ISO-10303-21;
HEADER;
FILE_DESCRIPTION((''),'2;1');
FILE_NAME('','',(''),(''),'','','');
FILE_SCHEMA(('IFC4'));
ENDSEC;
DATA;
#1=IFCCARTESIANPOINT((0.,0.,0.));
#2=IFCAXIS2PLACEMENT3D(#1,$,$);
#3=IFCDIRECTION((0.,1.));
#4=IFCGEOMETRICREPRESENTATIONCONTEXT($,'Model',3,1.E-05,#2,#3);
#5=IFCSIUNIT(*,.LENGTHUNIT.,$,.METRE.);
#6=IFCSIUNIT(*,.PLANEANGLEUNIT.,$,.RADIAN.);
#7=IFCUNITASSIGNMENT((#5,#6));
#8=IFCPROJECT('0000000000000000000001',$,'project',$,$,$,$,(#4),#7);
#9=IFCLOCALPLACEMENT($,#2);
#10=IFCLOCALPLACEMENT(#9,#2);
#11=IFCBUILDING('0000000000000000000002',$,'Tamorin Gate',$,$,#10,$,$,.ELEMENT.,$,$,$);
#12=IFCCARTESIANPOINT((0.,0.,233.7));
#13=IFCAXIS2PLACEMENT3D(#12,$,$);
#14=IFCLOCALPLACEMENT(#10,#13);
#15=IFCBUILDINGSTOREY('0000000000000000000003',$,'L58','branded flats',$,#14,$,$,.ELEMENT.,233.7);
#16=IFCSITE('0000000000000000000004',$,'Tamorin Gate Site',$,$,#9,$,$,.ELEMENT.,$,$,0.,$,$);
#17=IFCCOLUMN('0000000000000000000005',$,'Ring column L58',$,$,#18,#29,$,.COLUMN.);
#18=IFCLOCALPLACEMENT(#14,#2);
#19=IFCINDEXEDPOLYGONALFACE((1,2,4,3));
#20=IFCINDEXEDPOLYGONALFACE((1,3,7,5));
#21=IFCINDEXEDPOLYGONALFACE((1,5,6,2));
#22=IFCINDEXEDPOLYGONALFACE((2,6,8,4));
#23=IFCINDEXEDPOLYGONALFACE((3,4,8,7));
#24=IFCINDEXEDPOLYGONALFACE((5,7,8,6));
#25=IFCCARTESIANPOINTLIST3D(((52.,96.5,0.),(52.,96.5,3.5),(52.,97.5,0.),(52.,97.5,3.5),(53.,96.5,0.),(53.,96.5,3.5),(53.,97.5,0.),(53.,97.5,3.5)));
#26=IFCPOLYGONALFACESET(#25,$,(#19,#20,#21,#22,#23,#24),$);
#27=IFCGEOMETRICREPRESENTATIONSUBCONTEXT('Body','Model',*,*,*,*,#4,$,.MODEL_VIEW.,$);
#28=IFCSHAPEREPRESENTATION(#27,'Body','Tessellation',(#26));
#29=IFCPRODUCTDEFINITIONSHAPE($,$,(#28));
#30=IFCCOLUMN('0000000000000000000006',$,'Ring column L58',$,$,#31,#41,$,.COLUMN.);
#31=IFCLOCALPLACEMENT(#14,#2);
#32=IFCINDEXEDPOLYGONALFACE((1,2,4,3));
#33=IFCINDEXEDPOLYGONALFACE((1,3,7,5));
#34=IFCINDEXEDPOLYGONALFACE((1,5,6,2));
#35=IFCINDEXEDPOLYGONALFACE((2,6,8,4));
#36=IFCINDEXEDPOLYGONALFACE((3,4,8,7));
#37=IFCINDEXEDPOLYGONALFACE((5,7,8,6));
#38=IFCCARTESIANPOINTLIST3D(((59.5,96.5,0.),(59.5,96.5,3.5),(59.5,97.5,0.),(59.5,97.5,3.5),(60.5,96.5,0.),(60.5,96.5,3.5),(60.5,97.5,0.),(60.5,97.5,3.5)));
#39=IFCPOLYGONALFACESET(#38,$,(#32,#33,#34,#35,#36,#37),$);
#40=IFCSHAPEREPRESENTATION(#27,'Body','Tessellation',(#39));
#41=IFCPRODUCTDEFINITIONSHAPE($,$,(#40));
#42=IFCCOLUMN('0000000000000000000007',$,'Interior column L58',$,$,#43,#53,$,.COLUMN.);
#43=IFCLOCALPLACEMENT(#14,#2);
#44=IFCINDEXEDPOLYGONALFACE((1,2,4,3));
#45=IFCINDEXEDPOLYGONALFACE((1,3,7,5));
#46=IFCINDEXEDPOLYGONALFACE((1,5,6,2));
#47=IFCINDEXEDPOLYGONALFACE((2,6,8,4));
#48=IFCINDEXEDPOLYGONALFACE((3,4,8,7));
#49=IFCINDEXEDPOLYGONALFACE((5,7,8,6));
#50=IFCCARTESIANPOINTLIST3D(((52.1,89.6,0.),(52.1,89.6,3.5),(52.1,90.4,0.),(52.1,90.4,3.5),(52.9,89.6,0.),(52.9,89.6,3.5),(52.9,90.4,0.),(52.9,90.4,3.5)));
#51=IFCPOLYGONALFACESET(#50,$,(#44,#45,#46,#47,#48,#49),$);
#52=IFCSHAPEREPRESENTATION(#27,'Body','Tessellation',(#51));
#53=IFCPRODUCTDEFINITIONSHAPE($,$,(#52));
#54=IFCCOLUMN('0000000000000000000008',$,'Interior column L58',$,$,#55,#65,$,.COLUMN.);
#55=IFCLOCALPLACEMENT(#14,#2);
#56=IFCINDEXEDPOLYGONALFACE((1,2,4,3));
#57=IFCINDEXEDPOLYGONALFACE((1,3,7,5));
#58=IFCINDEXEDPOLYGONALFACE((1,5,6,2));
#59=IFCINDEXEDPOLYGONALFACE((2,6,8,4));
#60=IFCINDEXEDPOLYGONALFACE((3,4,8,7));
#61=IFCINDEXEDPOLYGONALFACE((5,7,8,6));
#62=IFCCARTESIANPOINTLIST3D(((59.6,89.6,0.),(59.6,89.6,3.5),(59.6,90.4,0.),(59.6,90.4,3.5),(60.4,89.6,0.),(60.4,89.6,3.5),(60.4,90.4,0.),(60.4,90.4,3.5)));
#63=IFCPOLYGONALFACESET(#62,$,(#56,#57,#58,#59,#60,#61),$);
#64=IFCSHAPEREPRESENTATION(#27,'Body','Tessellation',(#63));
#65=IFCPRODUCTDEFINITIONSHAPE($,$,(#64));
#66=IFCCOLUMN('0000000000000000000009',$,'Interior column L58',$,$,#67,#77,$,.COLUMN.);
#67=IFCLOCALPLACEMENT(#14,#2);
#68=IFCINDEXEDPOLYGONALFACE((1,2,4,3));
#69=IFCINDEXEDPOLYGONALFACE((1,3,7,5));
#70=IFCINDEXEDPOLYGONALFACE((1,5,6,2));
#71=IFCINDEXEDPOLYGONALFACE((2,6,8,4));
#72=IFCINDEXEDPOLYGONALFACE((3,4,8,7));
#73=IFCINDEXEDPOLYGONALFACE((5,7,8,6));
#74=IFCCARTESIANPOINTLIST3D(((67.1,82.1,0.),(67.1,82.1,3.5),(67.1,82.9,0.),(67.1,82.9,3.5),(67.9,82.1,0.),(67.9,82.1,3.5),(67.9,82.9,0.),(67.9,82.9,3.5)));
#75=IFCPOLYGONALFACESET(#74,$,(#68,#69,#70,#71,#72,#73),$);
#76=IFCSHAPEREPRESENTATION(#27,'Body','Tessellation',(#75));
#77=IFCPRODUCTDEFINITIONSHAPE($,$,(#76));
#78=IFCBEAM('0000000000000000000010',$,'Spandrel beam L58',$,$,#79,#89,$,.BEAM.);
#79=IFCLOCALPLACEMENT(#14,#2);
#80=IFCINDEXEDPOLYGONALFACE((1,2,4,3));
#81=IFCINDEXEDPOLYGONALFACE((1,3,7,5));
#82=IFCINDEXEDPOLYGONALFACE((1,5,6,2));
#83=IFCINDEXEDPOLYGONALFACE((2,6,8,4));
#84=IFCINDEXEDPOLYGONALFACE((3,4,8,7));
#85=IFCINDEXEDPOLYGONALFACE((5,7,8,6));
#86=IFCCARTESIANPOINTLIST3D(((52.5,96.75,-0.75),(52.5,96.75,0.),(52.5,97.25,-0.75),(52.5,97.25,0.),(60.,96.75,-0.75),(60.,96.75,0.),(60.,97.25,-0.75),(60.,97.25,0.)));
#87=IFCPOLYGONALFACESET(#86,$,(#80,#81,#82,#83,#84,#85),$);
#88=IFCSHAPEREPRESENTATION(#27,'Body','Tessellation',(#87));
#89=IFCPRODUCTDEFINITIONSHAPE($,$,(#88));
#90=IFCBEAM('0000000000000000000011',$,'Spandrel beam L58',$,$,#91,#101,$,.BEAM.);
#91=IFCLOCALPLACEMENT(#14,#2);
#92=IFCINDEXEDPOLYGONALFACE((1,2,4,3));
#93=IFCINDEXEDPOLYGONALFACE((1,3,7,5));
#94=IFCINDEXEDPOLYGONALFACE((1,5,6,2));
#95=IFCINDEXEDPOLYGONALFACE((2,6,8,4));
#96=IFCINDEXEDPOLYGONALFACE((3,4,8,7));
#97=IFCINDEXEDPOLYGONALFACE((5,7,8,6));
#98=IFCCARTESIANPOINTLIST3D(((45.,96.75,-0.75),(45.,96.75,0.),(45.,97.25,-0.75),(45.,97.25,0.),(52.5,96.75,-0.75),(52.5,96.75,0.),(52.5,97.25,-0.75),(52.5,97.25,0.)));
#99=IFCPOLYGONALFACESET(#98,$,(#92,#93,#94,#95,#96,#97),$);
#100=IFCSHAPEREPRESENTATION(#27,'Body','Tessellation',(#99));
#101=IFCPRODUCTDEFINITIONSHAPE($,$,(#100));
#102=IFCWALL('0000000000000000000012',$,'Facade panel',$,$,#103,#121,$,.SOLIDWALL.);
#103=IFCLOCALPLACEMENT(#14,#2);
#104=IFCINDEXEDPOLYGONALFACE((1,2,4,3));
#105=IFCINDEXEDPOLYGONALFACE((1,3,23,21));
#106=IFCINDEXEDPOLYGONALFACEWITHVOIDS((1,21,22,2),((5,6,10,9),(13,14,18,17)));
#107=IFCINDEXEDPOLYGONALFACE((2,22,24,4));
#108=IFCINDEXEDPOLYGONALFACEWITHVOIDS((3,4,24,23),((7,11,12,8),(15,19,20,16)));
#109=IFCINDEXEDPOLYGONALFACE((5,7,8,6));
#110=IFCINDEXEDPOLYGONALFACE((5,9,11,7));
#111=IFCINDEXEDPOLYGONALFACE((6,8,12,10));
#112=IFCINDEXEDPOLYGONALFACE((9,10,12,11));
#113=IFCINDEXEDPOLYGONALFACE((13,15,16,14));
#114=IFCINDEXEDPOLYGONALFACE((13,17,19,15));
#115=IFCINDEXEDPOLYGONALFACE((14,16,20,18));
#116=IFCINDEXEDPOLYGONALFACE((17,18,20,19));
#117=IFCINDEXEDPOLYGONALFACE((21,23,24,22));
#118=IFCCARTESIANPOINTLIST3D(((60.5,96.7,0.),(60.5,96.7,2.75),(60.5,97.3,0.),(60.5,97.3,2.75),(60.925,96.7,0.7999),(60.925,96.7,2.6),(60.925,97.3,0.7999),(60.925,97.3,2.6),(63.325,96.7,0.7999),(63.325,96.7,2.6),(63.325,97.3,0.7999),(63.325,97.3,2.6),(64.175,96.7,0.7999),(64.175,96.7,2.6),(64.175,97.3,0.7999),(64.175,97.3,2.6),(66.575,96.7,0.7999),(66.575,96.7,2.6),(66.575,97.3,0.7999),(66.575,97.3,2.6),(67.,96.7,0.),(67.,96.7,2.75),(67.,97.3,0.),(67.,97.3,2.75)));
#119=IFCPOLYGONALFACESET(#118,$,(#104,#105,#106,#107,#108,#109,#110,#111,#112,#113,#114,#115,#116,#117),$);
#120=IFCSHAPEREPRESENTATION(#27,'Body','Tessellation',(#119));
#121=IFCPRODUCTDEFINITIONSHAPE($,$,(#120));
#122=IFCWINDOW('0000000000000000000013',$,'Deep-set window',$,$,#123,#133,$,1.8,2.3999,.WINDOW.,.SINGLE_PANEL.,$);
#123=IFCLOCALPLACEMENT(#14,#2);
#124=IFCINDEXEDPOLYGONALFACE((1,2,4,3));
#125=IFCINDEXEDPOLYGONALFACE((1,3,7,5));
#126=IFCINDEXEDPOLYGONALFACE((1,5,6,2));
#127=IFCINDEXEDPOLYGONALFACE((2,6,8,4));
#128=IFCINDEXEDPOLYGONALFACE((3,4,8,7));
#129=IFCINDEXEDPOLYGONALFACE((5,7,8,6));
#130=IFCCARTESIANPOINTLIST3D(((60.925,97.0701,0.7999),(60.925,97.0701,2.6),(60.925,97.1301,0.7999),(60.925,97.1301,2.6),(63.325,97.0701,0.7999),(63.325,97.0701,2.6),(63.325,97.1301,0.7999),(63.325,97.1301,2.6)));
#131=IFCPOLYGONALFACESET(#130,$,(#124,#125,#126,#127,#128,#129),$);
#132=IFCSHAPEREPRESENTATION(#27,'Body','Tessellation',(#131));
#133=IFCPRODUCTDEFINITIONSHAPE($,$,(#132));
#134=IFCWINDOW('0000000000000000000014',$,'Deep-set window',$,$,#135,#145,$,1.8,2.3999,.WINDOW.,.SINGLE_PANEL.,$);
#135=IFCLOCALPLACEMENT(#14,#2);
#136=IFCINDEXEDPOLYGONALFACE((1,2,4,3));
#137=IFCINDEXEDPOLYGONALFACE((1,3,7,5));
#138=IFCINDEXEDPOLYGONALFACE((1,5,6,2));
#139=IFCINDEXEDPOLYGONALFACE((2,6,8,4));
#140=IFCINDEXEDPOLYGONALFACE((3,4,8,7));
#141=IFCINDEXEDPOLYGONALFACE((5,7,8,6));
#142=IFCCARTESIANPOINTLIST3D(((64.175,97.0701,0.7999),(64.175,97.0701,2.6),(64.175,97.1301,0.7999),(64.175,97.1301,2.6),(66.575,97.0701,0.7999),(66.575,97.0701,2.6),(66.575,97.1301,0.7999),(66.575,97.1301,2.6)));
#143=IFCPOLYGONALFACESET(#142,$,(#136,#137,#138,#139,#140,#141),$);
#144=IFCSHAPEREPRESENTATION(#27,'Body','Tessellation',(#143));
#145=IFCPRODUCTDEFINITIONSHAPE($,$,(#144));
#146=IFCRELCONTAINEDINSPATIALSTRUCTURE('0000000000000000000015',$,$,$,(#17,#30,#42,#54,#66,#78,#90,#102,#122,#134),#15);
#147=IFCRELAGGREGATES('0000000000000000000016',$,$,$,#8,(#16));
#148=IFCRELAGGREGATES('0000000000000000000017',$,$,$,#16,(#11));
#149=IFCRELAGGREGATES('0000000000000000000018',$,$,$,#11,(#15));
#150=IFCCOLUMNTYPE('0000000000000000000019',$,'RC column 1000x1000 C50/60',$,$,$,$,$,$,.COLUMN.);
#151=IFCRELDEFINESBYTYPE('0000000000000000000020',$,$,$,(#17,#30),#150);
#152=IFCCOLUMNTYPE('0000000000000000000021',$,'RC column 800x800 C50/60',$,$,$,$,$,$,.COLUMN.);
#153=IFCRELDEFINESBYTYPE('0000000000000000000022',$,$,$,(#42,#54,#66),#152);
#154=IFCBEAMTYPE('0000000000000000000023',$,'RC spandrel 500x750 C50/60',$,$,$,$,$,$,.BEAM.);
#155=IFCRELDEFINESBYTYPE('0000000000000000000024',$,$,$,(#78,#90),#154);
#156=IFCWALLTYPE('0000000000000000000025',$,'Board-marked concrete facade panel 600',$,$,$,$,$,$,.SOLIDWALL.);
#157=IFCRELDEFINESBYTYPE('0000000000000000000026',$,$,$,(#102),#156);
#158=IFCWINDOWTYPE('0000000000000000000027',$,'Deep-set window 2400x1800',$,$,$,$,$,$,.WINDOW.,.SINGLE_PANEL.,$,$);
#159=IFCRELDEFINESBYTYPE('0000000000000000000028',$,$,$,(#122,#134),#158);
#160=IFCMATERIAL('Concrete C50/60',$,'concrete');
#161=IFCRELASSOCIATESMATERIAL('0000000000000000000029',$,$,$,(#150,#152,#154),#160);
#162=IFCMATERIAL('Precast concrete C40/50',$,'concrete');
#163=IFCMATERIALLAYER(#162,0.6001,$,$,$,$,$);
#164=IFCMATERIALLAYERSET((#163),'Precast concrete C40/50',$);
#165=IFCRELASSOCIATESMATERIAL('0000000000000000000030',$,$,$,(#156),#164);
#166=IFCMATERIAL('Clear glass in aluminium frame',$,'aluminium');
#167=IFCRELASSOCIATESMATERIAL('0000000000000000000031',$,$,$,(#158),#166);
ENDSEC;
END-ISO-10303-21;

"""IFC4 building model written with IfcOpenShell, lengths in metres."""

from ifc_helpers import new_model, si_unit, direction, frame, frame_2d, origin, origin_2d, place, context, subcontext, project, spatial, rectangle, extrude, material, layer, layer_set, material_profile, profile_set, type_object, element, fill, save


model = new_model("IFC4")

# Units and contexts
model_context = context("Model", 3, precision=1e-05, world=origin(), true_north=direction((0.0, 1.0)))
body_context = subcontext(model_context, "Body", "Model", "MODEL_VIEW")
ifc_project = project(units=[si_unit("LENGTHUNIT", "METRE"), si_unit("PLANEANGLEUNIT", "RADIAN")], contexts=[model_context])

# Site, building, storey
site_placement = place(None, origin())
site = spatial("IfcSite", under=ifc_project, at=site_placement, Name="Tamorin Gate Site", CompositionType="ELEMENT", RefElevation=0.0)
building_placement = place(site_placement, origin())
building = spatial("IfcBuilding", under=site, at=building_placement, Name="Tamorin Gate", CompositionType="ELEMENT")
storey_placement = place(building_placement, frame((0.0, 0.0, 233.7)))
storey = spatial("IfcBuildingStorey", under=building, at=storey_placement, Name="L58", Description="branded flats", CompositionType="ELEMENT", Elevation=233.7)

# Columns
ifc_material_1 = material(Name="Concrete C50/60", Category="concrete")
ifc_material_profile_1 = material_profile(ifc_material_1, rectangle(XDim=1.0, YDim=1.0, at=origin_2d()), Name="RC 1000x1000")
ifc_profile_set_1 = profile_set([ifc_material_profile_1], Name="Concrete C50/60")
column_type_1 = type_object("IfcColumnType", Name="RC column 1000x1000 C50/60", PredefinedType="COLUMN", material=ifc_profile_set_1)
for number, where, z_axis, x_axis, name in (
    (1, (52.5, 97.0, 0.0), (0.0, 0.0, 1.0), (1.0, 0.0, 0.0), "Ring column L58"),
    (2, (60.0, 97.0, 0.0), (0.0, 0.0, 1.0), (1.0, 0.0, 0.0), "Ring column L58"),
):
    element("IfcColumn", number, at=place(storey_placement, frame(where, z_axis=z_axis, x_axis=x_axis)), inside=storey, type_object=column_type_1, Name=name, PredefinedType="COLUMN", context=body_context, shape_type="SweptSolid", body=[
        extrude(rectangle(XDim=1.0, YDim=1.0, at=origin_2d()), origin(), (0.0, 0.0, 1.0), 3.5),
    ])
ifc_material_profile_2 = material_profile(ifc_material_1, rectangle(XDim=0.8, YDim=0.8, at=origin_2d()), Name="RC 800x800")
ifc_profile_set_2 = profile_set([ifc_material_profile_2], Name="Concrete C50/60")
column_type_2 = type_object("IfcColumnType", Name="RC column 800x800 C50/60", PredefinedType="COLUMN", material=ifc_profile_set_2)
for number, where, z_axis, x_axis, name in (
    (3, (52.5, 90.0, 0.0), (0.0, 0.0, 1.0), (1.0, 0.0, 0.0), "Interior column L58"),
    (4, (60.0, 90.0, 0.0), (0.0, 0.0, 1.0), (1.0, 0.0, 0.0), "Interior column L58"),
    (5, (67.5, 82.5, 0.0), (0.0, 0.0, 1.0), (1.0, 0.0, 0.0), "Interior column L58"),
):
    element("IfcColumn", number, at=place(storey_placement, frame(where, z_axis=z_axis, x_axis=x_axis)), inside=storey, type_object=column_type_2, Name=name, PredefinedType="COLUMN", context=body_context, shape_type="SweptSolid", body=[
        extrude(rectangle(XDim=0.8, YDim=0.8, at=origin_2d()), origin(), (0.0, 0.0, 1.0), 3.5),
    ])

# Beams
ifc_material_profile_3 = material_profile(ifc_material_1, rectangle(XDim=0.5, YDim=0.75, at=origin_2d()), Name="RC 500x750")
ifc_profile_set_3 = profile_set([ifc_material_profile_3], Name="Concrete C50/60")
beam_type = type_object("IfcBeamType", Name="RC spandrel 500x750 C50/60", PredefinedType="BEAM", material=ifc_profile_set_3)
for number, where, z_axis, x_axis, name in (
    (6, (60.0, 97.0, -0.375), (-1.0, 0.0, 0.0), (0.0, -1.0, 0.0), "Spandrel beam L58"),
    (7, (52.5, 97.0, -0.375), (-1.0, 0.0, 0.0), (0.0, -1.0, 0.0), "Spandrel beam L58"),
):
    element("IfcBeam", number, at=place(storey_placement, frame(where, z_axis=z_axis, x_axis=x_axis)), inside=storey, type_object=beam_type, Name=name, PredefinedType="BEAM", context=body_context, shape_type="SweptSolid", body=[
        extrude(rectangle(XDim=0.5, YDim=0.75, at=origin_2d()), origin(), (0.0, 0.0, 1.0), 7.5),
    ])

# Wall, openings, windows
ifc_material_2 = material(Name="Precast concrete C40/50", Category="concrete")
ifc_layer_1 = layer(ifc_material_2, 0.6001)
ifc_layer_set_1 = layer_set([ifc_layer_1], Name="Precast concrete C40/50")
wall_type_1 = type_object("IfcWallType", Name="Board-marked concrete facade panel 600", PredefinedType="SOLIDWALL", material=ifc_layer_set_1)
wall_1_placement = place(storey_placement, frame((67.0, 97.0, 0.0), z_axis=(0.0, 0.0, 1.0), x_axis=(-1.0, 0.0, 0.0)))
wall_1 = element("IfcWall", 8, at=wall_1_placement, inside=storey, type_object=wall_type_1, Name="Facade panel", PredefinedType="SOLIDWALL", context=body_context, shape_type="SweptSolid", body=[
    extrude(rectangle(XDim=6.5, YDim=0.6001, at=frame_2d((3.25, 0.0))), origin(), (0.0, 0.0, 1.0), 2.75),
])
opening_1_placement = place(wall_1_placement, frame((3.675, 0.0, 0.8)))
opening_1 = element("IfcOpeningElement", 9, at=opening_1_placement, cuts=wall_1, PredefinedType="OPENING", context=body_context, shape_type="SweptSolid", body=[
    extrude(rectangle(XDim=2.3999, YDim=1.8, at=frame_2d((1.2, 0.8999))), frame((0.0, 0.3101, 0.0), z_axis=(0.0, -1.0, 0.0), x_axis=(1.0, 0.0, 0.0)), (0.0, 0.0, 1.0), 0.6201),
])
opening_2_placement = place(wall_1_placement, frame((0.425, 0.0, 0.8)))
opening_2 = element("IfcOpeningElement", 10, at=opening_2_placement, cuts=wall_1, PredefinedType="OPENING", context=body_context, shape_type="SweptSolid", body=[
    extrude(rectangle(XDim=2.3999, YDim=1.8, at=frame_2d((1.2, 0.8999))), frame((0.0, 0.3101, 0.0), z_axis=(0.0, -1.0, 0.0), x_axis=(1.0, 0.0, 0.0)), (0.0, 0.0, 1.0), 0.6201),
])
ifc_material_3 = material(Name="Clear glass in aluminium frame", Category="aluminium")
window_type = type_object("IfcWindowType", Name="Deep-set window 2400x1800", PartitioningType="SINGLE_PANEL", PredefinedType="WINDOW", material=ifc_material_3)
window_1_placement = place(opening_1_placement, origin())
window_1 = element("IfcWindow", 11, at=window_1_placement, inside=storey, type_object=window_type, Name="Deep-set window", OverallHeight=1.8, OverallWidth=2.3999, PartitioningType="SINGLE_PANEL", PredefinedType="WINDOW", context=body_context, shape_type="SweptSolid", body=[
    extrude(rectangle(XDim=2.3999, YDim=1.8, at=frame_2d((1.2, 0.8999))), frame((0.0, -0.0701, 0.0), z_axis=(0.0, -1.0, 0.0), x_axis=(1.0, 0.0, 0.0)), (0.0, 0.0, 1.0), 0.0601),
])
fill(opening_1, window_1)
window_2_placement = place(opening_2_placement, origin())
window_2 = element("IfcWindow", 12, at=window_2_placement, inside=storey, type_object=window_type, Name="Deep-set window", OverallHeight=1.8, OverallWidth=2.3999, PartitioningType="SINGLE_PANEL", PredefinedType="WINDOW", context=body_context, shape_type="SweptSolid", body=[
    extrude(rectangle(XDim=2.3999, YDim=1.8, at=frame_2d((1.2, 0.8999))), frame((0.0, -0.0701, 0.0), z_axis=(0.0, -1.0, 0.0), x_axis=(1.0, 0.0, 0.0)), (0.0, 0.0, 1.0), 0.0601),
])
fill(opening_2, window_2)

save(model, "model.ifc")
